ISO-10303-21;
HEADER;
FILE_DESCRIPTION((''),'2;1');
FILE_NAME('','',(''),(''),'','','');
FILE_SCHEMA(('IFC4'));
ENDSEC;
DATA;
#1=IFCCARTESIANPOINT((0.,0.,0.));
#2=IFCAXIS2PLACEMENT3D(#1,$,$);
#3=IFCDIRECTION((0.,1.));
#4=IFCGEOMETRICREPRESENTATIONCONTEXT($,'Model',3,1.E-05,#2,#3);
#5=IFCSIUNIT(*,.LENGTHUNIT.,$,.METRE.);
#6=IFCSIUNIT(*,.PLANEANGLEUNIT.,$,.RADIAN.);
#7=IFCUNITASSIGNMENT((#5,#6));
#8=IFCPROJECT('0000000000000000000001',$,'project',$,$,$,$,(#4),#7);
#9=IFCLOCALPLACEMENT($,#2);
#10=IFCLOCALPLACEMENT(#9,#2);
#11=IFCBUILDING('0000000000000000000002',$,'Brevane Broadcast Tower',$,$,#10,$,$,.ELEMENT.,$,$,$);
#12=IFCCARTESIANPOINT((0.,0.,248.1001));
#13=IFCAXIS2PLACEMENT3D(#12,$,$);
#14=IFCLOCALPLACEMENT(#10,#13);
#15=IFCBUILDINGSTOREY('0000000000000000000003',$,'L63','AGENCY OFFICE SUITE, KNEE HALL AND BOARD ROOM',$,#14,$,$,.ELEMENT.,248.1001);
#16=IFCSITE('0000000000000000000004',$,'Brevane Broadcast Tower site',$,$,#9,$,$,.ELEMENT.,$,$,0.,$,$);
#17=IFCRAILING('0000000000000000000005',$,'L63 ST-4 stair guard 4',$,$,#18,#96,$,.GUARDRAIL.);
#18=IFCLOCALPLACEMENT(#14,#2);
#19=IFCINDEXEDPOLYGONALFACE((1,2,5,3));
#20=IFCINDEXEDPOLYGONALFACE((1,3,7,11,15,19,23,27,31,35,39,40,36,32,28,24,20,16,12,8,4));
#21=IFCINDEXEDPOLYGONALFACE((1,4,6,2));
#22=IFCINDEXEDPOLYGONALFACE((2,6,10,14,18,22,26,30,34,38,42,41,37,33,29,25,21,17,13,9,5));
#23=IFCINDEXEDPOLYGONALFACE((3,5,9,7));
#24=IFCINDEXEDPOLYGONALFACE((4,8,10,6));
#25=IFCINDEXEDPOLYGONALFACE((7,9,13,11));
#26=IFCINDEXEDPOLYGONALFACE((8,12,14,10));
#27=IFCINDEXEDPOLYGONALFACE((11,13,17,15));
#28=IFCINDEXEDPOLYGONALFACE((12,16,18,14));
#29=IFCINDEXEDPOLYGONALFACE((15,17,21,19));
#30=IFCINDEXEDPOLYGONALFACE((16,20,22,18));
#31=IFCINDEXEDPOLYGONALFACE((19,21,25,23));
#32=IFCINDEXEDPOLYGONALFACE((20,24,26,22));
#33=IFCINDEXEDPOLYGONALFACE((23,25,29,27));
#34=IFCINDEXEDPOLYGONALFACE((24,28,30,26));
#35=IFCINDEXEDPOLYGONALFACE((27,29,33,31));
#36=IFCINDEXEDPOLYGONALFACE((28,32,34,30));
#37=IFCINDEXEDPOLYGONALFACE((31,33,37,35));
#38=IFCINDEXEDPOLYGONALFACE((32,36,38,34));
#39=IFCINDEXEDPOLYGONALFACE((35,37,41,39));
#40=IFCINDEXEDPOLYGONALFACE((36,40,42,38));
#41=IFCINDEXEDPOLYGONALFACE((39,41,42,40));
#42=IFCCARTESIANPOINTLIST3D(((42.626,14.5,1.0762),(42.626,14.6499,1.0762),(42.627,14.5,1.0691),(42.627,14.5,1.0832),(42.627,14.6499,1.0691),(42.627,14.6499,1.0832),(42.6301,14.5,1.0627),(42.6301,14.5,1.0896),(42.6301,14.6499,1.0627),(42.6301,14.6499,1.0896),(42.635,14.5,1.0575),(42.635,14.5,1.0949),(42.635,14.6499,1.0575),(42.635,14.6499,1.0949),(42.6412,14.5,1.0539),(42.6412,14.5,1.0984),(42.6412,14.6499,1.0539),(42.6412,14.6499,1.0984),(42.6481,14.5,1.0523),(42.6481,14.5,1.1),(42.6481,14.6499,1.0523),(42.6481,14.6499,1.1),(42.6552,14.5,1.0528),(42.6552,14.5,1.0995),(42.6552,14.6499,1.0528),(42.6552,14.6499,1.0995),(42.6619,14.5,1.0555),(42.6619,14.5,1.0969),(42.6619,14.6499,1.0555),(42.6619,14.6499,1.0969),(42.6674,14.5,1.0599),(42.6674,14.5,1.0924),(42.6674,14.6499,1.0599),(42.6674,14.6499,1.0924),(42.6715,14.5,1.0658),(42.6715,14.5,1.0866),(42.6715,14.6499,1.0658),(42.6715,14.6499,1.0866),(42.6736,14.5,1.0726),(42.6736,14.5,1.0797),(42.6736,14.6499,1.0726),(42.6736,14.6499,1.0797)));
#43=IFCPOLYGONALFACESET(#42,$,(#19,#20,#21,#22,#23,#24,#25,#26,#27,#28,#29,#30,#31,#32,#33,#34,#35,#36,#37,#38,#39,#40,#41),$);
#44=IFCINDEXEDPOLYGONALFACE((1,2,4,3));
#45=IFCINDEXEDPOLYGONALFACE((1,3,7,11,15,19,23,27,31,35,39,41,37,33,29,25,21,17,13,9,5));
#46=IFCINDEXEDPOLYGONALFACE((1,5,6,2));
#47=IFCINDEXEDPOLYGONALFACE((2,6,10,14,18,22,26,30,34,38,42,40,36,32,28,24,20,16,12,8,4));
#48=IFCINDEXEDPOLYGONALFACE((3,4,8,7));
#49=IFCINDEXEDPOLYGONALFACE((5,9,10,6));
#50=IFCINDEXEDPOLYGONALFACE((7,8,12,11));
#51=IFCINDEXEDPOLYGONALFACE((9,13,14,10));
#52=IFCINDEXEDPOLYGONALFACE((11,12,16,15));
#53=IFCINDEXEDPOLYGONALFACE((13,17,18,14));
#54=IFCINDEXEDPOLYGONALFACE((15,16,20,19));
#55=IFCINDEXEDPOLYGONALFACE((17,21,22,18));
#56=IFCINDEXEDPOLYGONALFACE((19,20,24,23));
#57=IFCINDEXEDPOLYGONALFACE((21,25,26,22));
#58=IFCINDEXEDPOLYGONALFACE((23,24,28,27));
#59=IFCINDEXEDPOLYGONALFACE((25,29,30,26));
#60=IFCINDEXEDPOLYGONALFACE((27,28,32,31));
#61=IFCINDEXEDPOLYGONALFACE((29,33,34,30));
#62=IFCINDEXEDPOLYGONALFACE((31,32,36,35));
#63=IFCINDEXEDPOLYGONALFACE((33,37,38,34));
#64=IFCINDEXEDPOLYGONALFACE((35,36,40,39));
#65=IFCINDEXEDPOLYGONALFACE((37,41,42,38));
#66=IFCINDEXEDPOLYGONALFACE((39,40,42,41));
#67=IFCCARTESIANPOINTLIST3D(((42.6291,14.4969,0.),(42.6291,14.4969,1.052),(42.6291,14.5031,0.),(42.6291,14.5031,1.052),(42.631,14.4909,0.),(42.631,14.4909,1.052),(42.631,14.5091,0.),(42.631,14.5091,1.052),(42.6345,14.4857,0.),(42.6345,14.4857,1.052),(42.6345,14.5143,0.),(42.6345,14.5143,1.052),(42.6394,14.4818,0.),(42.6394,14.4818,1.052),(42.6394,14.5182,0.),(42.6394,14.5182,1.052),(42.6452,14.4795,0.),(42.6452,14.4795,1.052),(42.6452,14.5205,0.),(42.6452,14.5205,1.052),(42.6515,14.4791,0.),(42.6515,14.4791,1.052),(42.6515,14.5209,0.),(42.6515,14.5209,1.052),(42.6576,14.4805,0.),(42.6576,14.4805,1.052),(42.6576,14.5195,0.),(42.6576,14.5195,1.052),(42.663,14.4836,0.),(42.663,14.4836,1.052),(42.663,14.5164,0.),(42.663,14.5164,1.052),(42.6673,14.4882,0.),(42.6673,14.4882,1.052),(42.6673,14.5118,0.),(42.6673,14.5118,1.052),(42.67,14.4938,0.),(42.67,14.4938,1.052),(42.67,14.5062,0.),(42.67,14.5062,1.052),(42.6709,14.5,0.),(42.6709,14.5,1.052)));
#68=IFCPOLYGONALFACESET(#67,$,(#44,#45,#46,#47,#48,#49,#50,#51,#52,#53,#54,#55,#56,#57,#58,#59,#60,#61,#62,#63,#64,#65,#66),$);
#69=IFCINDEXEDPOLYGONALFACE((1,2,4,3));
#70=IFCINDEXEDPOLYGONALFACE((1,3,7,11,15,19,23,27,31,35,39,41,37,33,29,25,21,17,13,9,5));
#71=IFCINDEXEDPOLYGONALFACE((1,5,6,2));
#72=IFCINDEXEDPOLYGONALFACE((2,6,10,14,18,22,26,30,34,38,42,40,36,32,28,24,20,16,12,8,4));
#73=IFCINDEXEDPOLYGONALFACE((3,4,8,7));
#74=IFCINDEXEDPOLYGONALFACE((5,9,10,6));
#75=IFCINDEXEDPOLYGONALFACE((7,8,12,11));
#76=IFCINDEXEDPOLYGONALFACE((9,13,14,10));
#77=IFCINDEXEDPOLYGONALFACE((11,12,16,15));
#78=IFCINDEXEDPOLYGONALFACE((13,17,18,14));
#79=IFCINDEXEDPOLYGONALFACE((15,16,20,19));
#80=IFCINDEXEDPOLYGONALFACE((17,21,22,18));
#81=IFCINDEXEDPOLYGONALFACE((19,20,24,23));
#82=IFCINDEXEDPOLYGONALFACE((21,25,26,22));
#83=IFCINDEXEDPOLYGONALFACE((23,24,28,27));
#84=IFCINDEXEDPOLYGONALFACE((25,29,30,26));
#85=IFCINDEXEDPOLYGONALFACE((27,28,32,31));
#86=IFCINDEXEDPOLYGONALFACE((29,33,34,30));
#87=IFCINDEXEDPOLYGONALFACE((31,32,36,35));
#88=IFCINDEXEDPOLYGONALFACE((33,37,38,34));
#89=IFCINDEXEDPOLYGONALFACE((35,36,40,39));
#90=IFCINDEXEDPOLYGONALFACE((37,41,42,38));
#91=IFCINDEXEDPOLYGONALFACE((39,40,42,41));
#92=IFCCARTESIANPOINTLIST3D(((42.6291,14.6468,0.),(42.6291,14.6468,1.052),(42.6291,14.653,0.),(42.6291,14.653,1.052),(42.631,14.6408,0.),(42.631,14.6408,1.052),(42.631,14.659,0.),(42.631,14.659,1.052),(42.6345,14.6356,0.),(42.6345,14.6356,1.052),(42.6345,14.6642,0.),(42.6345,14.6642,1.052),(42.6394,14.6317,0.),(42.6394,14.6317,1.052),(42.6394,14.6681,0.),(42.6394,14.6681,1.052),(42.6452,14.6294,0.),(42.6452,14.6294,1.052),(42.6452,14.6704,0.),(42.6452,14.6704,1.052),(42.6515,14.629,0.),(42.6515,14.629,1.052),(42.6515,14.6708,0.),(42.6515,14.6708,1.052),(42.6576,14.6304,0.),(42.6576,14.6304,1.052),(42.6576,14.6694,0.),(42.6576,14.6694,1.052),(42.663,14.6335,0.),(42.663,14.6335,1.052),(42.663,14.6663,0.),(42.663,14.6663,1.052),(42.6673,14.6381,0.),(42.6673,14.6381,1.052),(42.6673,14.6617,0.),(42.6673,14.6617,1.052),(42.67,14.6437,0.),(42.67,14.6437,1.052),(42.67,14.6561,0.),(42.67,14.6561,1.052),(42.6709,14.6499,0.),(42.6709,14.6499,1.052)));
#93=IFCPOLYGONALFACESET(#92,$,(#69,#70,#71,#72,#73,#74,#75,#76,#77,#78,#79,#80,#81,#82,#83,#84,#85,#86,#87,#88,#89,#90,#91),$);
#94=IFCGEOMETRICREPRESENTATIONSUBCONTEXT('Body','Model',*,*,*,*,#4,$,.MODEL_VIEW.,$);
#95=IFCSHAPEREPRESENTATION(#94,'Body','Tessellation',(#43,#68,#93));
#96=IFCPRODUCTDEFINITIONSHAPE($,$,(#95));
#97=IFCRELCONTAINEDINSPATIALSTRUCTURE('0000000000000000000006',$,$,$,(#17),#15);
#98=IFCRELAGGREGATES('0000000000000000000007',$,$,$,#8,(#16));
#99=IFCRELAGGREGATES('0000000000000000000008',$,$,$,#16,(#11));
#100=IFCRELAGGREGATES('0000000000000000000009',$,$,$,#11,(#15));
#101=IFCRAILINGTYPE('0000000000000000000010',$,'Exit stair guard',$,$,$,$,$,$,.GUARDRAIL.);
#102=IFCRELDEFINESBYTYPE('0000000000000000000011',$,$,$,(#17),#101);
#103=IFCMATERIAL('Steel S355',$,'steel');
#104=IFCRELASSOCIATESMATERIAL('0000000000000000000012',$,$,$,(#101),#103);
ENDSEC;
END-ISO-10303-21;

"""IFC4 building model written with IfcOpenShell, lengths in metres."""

from ifc_helpers import new_model, si_unit, direction, frame, origin, origin_2d, place, context, subcontext, project, spatial, circle, extrude, material, type_object, element, save


model = new_model("IFC4")

# Units and contexts
model_context = context("Model", 3, precision=1e-05, world=origin(), true_north=direction((0.0, 1.0)))
body_context = subcontext(model_context, "Body", "Model", "MODEL_VIEW")
ifc_project = project(units=[si_unit("LENGTHUNIT", "METRE"), si_unit("PLANEANGLEUNIT", "RADIAN")], contexts=[model_context])

# Site, building, storey
site_placement = place(None, origin())
site = spatial("IfcSite", under=ifc_project, at=site_placement, Name="Brevane Broadcast Tower site", CompositionType="ELEMENT", RefElevation=0.0)
building_placement = place(site_placement, origin())
building = spatial("IfcBuilding", under=site, at=building_placement, Name="Brevane Broadcast Tower", CompositionType="ELEMENT")
storey_placement = place(building_placement, frame((0.0, 0.0, 248.1001)))
storey = spatial("IfcBuildingStorey", under=building, at=storey_placement, Name="L63", Description="AGENCY OFFICE SUITE, KNEE HALL AND BOARD ROOM", CompositionType="ELEMENT", Elevation=248.1001)

# Railing
ifc_material_1 = material(Name="Steel S355", Category="steel")
railing_type_1 = type_object("IfcRailingType", Name="Exit stair guard", PredefinedType="GUARDRAIL", material=ifc_material_1)
railing_1_placement = place(storey_placement, frame((42.6499, 14.5, 0.0)))
element("IfcRailing", 1, at=railing_1_placement, inside=storey, type_object=railing_type_1, Name="L63 ST-4 stair guard 4", PredefinedType="GUARDRAIL", context=body_context, shape_type="SweptSolid", body=[
    extrude(circle(Radius=0.0239, at=origin_2d()), frame((0.0, 0.0, 1.0762), z_axis=(0.0, 1.0, 0.0), x_axis=(-1.0, 0.0, 0.0)), (0.0, 0.0, 1.0), 0.1499),
    extrude(circle(Radius=0.021, at=origin_2d()), origin(), (0.0, 0.0, 1.0), 1.052),
    extrude(circle(Radius=0.021, at=origin_2d()), frame((0.0, 0.1499, 0.0)), (0.0, 0.0, 1.0), 1.052),
])

save(model, "model.ifc")
